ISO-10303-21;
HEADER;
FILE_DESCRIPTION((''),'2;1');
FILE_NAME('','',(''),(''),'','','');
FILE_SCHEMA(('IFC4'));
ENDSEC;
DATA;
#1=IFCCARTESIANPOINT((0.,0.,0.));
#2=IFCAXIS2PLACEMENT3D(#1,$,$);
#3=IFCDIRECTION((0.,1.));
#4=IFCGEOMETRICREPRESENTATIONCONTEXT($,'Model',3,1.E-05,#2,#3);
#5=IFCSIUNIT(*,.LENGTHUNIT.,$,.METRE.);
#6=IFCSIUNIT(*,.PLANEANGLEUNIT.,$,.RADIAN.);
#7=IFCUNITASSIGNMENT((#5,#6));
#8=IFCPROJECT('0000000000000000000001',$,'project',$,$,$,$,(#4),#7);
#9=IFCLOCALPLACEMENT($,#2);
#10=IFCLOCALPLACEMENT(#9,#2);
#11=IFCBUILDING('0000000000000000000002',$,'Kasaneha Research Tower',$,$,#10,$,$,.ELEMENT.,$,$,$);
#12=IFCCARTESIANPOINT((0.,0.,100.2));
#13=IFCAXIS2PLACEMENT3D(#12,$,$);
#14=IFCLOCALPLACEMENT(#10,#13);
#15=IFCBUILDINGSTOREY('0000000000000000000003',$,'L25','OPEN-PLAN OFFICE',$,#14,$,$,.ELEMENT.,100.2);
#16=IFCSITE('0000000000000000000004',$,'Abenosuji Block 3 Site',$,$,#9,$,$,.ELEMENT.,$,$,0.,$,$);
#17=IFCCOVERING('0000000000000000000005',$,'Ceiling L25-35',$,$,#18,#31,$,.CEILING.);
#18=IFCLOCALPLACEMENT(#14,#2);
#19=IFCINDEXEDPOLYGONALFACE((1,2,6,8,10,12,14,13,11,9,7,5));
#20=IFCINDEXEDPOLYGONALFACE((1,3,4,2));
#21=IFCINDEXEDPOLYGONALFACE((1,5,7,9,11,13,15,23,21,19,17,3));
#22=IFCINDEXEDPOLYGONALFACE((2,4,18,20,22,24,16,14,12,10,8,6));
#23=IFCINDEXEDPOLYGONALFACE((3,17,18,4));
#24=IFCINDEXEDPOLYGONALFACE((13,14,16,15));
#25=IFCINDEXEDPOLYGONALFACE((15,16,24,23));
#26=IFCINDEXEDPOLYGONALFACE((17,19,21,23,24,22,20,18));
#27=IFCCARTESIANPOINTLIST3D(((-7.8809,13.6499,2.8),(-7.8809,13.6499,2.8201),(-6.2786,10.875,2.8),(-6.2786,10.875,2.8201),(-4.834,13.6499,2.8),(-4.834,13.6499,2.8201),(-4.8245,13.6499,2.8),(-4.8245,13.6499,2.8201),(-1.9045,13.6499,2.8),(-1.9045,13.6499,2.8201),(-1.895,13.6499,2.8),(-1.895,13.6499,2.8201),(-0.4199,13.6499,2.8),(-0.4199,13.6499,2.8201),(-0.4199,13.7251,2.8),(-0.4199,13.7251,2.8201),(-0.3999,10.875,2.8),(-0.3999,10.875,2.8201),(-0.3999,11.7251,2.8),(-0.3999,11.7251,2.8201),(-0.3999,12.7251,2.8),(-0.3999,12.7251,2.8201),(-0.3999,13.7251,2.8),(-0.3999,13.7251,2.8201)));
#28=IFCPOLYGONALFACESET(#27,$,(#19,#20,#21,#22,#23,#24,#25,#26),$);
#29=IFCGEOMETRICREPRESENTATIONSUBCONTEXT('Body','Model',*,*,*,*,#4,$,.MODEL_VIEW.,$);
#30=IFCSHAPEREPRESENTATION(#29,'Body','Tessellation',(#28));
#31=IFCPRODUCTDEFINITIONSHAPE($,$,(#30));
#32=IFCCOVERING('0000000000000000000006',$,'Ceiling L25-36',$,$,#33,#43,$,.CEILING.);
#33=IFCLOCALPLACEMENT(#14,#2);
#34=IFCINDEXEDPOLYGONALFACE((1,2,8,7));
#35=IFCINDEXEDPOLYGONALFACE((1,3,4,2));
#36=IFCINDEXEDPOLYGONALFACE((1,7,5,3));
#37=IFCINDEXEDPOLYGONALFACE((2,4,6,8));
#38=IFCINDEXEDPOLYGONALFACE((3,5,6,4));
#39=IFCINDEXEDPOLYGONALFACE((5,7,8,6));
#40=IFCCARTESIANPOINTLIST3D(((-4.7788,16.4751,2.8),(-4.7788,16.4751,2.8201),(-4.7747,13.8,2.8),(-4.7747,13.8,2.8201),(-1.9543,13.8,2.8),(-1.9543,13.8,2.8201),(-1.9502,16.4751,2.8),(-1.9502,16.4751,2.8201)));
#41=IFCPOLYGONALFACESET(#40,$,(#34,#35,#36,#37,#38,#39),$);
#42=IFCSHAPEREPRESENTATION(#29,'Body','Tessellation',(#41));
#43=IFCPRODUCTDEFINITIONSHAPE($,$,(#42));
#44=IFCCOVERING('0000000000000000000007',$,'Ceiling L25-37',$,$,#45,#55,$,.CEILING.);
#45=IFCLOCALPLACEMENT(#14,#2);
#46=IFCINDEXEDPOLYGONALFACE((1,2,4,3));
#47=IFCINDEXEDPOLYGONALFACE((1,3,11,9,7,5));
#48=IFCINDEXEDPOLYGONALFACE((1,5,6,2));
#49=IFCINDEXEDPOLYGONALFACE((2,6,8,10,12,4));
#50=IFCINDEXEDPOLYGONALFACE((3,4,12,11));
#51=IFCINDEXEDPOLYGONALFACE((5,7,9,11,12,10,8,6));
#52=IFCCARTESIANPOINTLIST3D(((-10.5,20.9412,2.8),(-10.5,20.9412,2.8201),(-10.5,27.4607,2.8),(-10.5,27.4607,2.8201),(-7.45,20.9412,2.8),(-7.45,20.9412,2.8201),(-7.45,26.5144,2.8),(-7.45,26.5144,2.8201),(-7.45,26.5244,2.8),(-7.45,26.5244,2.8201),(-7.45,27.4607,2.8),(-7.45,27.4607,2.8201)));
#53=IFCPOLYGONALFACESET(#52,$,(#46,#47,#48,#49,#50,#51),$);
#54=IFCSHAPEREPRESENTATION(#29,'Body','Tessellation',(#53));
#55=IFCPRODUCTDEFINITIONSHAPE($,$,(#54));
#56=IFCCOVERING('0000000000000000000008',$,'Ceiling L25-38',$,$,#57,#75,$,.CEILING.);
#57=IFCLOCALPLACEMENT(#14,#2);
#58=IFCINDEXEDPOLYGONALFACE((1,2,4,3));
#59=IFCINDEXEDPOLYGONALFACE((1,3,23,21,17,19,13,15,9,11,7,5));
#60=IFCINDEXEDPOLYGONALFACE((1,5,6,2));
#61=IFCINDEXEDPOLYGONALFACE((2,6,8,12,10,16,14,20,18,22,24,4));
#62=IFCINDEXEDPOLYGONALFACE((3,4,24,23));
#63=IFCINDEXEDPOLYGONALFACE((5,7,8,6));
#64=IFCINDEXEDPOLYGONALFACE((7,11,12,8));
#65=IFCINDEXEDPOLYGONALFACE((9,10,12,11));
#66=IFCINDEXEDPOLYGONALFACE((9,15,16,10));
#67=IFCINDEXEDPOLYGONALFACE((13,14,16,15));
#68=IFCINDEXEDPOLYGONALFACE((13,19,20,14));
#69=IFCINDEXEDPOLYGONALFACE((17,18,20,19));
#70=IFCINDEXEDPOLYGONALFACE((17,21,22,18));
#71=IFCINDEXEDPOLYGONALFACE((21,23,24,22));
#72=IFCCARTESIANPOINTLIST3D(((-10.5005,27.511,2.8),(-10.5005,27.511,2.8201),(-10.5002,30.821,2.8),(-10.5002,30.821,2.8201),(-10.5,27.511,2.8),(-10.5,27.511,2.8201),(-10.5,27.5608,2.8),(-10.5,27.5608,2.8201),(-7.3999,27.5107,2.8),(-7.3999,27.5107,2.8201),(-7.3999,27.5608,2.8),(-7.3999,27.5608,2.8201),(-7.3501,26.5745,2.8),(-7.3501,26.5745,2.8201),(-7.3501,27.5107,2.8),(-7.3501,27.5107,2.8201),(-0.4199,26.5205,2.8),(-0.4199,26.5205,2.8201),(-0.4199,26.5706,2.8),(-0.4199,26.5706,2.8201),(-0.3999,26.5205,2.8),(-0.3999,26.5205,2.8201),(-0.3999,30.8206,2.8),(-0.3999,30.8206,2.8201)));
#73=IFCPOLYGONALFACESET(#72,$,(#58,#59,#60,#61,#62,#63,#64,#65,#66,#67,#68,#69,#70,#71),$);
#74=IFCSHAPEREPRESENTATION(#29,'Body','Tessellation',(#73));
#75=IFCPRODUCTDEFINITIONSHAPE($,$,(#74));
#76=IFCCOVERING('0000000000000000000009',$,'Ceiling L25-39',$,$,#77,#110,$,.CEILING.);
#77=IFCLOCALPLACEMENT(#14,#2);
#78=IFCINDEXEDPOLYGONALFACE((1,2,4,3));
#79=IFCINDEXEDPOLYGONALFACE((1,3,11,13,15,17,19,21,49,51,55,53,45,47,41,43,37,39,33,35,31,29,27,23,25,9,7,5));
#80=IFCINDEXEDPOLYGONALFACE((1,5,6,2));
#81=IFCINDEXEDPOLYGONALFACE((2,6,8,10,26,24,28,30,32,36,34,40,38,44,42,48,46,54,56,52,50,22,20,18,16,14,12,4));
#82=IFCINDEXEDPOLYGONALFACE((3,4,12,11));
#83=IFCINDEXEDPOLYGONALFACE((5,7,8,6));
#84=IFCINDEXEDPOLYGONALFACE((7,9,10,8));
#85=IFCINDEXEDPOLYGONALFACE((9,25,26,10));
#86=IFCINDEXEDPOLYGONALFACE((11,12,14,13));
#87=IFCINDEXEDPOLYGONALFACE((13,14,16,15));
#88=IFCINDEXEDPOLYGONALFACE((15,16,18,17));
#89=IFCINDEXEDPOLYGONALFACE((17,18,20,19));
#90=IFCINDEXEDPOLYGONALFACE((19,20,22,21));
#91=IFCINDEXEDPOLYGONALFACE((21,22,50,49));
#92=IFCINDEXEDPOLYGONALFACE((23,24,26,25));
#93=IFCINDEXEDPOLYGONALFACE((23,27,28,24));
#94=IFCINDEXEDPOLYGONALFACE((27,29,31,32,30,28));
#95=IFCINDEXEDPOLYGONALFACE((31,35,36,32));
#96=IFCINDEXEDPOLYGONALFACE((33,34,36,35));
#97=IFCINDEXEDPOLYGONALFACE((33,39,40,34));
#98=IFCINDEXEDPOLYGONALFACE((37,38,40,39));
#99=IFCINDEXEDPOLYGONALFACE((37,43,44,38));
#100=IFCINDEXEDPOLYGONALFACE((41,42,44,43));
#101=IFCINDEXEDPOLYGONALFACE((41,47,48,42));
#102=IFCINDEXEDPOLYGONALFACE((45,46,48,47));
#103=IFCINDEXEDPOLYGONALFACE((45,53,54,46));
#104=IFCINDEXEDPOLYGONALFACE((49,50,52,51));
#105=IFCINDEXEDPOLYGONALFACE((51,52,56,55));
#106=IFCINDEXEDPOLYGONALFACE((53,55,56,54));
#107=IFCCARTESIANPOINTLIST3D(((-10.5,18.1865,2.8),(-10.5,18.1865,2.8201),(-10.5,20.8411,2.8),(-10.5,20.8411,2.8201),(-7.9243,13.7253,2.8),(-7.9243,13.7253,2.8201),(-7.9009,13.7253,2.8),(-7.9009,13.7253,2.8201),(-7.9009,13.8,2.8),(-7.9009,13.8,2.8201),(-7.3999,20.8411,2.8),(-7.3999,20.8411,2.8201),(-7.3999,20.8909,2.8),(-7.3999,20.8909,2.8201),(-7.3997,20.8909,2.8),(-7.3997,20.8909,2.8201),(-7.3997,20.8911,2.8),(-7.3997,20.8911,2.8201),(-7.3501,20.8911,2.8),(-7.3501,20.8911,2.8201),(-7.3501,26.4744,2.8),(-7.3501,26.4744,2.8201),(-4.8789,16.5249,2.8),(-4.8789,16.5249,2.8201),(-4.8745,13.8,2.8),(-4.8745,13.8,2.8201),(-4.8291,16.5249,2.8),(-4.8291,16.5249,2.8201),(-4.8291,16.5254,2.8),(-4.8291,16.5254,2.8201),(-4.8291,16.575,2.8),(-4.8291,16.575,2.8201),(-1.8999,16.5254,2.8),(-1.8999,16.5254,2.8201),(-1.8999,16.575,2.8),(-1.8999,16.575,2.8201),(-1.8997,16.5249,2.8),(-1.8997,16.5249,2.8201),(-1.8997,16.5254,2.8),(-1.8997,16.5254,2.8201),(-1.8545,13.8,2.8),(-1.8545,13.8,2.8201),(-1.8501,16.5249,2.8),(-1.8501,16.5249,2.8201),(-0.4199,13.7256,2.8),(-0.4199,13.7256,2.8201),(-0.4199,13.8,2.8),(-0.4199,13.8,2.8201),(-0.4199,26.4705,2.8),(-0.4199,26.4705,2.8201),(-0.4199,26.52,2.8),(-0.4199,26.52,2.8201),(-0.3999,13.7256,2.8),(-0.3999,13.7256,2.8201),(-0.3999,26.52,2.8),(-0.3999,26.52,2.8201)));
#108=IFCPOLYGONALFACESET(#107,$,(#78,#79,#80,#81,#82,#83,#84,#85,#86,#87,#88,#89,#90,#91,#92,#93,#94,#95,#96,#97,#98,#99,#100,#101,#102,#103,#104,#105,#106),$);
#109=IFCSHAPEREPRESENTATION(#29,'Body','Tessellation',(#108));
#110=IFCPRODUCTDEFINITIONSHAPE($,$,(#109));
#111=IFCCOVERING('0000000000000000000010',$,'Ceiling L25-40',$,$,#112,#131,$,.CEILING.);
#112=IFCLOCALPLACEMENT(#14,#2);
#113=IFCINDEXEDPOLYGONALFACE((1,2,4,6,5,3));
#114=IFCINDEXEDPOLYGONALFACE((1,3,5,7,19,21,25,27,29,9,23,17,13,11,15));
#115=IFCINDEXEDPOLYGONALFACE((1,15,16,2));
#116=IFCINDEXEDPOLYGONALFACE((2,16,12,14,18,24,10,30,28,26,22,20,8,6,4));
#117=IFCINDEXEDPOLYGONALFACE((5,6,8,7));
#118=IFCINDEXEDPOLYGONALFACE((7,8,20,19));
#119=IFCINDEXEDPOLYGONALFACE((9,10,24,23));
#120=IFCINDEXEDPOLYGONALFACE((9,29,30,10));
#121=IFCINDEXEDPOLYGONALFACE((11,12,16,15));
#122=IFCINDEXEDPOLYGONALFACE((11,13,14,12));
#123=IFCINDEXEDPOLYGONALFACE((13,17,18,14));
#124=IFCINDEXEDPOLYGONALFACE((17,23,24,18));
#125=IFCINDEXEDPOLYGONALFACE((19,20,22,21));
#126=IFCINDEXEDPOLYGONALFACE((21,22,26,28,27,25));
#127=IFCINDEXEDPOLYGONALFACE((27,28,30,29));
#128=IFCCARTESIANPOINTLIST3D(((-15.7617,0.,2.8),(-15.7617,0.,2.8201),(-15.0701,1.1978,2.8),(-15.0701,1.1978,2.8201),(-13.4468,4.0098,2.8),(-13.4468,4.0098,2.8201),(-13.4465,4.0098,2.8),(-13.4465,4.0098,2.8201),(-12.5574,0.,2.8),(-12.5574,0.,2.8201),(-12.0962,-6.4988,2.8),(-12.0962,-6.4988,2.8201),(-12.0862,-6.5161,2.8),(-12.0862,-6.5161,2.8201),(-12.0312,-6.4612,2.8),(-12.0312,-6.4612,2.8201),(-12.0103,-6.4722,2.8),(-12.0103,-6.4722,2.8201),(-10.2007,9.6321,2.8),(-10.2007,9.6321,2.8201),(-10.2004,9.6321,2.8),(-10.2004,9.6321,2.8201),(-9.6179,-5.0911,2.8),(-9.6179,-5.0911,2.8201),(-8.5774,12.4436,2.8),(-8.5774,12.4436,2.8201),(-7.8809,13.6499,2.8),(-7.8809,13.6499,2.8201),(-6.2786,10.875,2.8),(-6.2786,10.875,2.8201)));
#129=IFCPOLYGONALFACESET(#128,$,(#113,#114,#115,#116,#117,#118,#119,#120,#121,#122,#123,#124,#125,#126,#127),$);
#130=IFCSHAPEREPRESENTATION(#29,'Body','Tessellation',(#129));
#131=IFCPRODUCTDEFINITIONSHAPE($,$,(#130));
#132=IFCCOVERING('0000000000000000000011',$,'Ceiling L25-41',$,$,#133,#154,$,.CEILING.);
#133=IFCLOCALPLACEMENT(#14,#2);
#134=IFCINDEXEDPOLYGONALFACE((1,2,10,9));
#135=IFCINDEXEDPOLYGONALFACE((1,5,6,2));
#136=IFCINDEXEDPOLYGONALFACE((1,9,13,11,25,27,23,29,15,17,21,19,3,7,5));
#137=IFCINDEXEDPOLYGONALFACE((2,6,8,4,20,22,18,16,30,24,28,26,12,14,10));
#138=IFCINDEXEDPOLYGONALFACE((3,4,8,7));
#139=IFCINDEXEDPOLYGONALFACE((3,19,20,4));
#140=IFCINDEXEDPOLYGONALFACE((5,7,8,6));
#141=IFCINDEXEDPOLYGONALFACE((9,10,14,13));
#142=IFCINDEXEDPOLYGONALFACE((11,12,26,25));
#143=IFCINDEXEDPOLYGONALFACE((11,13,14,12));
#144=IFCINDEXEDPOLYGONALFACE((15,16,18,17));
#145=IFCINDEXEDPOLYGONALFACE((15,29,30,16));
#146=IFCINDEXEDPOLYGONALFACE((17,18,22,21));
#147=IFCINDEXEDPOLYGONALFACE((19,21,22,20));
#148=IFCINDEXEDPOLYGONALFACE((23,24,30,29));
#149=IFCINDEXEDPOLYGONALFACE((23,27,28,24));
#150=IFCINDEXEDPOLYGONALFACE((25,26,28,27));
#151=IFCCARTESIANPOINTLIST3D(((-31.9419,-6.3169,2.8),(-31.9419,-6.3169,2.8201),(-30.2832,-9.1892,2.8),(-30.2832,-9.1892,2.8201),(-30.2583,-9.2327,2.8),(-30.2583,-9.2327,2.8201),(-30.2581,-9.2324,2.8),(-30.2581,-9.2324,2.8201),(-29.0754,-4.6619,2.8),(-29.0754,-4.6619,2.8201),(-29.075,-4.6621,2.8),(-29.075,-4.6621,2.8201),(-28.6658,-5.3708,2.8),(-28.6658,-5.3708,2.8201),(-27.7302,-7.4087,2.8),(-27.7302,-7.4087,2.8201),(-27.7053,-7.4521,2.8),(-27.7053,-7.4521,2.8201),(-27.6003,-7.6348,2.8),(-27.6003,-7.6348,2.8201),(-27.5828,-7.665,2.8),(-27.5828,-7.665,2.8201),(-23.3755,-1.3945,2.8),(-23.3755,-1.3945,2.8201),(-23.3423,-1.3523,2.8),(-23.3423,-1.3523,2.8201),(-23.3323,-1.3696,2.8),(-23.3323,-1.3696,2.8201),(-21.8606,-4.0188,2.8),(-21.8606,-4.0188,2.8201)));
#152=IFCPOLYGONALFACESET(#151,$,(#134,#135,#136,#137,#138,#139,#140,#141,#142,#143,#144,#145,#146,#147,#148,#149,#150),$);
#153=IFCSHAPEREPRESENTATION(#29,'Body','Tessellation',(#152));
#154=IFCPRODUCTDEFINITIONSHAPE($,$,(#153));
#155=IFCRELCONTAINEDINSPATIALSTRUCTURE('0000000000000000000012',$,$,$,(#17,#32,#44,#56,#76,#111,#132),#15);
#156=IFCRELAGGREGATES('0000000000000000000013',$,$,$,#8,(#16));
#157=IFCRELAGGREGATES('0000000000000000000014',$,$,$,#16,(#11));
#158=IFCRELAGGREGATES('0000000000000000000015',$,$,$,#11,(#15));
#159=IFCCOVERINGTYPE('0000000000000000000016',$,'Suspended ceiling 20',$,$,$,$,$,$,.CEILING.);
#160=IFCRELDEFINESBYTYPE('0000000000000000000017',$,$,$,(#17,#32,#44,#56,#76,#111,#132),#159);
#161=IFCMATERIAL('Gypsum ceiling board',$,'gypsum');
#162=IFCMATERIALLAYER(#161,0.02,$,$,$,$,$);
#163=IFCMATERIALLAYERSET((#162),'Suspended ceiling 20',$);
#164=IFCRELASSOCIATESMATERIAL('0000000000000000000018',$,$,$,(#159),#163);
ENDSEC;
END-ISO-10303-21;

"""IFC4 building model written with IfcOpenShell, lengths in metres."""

from ifc_helpers import new_model, si_unit, direction, frame, origin, place, context, subcontext, project, spatial, polyline, outline, extrude, material, layer, layer_set, type_object, element, save


model = new_model("IFC4")

# Units and contexts
model_context = context("Model", 3, precision=1e-05, world=origin(), true_north=direction((0.0, 1.0)))
body_context = subcontext(model_context, "Body", "Model", "MODEL_VIEW")
ifc_project = project(units=[si_unit("LENGTHUNIT", "METRE"), si_unit("PLANEANGLEUNIT", "RADIAN")], contexts=[model_context])

# Site, building, storey
site_placement = place(None, origin())
site = spatial("IfcSite", under=ifc_project, at=site_placement, Name="Abenosuji Block 3 Site", CompositionType="ELEMENT", RefElevation=0.0)
building_placement = place(site_placement, origin())
building = spatial("IfcBuilding", under=site, at=building_placement, Name="Kasaneha Research Tower", CompositionType="ELEMENT")
storey_placement = place(building_placement, frame((0.0, 0.0, 100.2)))
storey = spatial("IfcBuildingStorey", under=building, at=storey_placement, Name="L25", Description="OPEN-PLAN OFFICE", CompositionType="ELEMENT", Elevation=100.2)

# Coverings
ifc_material_1 = material(Name="Gypsum ceiling board", Category="gypsum")
ifc_layer_1 = layer(ifc_material_1, 0.02)
ifc_layer_set_1 = layer_set([ifc_layer_1], Name="Suspended ceiling 20")
covering_type = type_object("IfcCoveringType", Name="Suspended ceiling 20", PredefinedType="CEILING", material=ifc_layer_set_1)
covering_1_placement = place(storey_placement, frame((0.0, 0.0, 2.8)))
element("IfcCovering", 1, at=covering_1_placement, inside=storey, type_object=covering_type, Name="Ceiling L25-35", PredefinedType="CEILING", context=body_context, shape_type="SweptSolid", body=[
    extrude(outline(polyline([(-0.3999, 11.7251), (-0.3999, 10.875), (-6.2786, 10.875), (-7.8809, 13.6499), (-4.834, 13.6499), (-4.8245, 13.6499), (-1.9045, 13.6499), (-1.895, 13.6499), (-0.4199, 13.6499), (-0.4199, 13.7251), (-0.3999, 13.7251), (-0.3999, 12.7251), (-0.3999, 11.7251)])), origin(), (0.0, 0.0, 1.0), 0.02),
])
covering_2_placement = place(storey_placement, frame((0.0, 0.0, 2.8)))
element("IfcCovering", 2, at=covering_2_placement, inside=storey, type_object=covering_type, Name="Ceiling L25-36", PredefinedType="CEILING", context=body_context, shape_type="SweptSolid", body=[
    extrude(outline(polyline([(-4.7747, 13.8), (-4.7788, 16.4751), (-1.9502, 16.4751), (-1.9543, 13.8), (-4.7747, 13.8)])), origin(), (0.0, 0.0, 1.0), 0.02),
])
covering_3_placement = place(storey_placement, frame((0.0, 0.0, 2.8)))
element("IfcCovering", 3, at=covering_3_placement, inside=storey, type_object=covering_type, Name="Ceiling L25-37", PredefinedType="CEILING", context=body_context, shape_type="SweptSolid", body=[
    extrude(outline(polyline([(-10.5, 27.4607), (-7.45, 27.4607), (-7.45, 26.5244), (-7.45, 26.5144), (-7.45, 20.9412), (-10.5, 20.9412), (-10.5, 27.4607)])), origin(), (0.0, 0.0, 1.0), 0.02),
])
covering_4_placement = place(storey_placement, frame((0.0, 0.0, 2.8)))
element("IfcCovering", 4, at=covering_4_placement, inside=storey, type_object=covering_type, Name="Ceiling L25-38", PredefinedType="CEILING", context=body_context, shape_type="SweptSolid", body=[
    extrude(outline(polyline([(-0.4199, 26.5205), (-0.4199, 26.5706), (-7.3501, 26.5745), (-7.3501, 27.5107), (-7.3999, 27.5107), (-7.3999, 27.5608), (-10.5, 27.5608), (-10.5, 27.511), (-10.5005, 27.511), (-10.5002, 30.821), (-0.3999, 30.8206), (-0.3999, 26.5205), (-0.4199, 26.5205)])), origin(), (0.0, 0.0, 1.0), 0.02),
])
covering_5_placement = place(storey_placement, frame((0.0, 0.0, 2.8)))
element("IfcCovering", 5, at=covering_5_placement, inside=storey, type_object=covering_type, Name="Ceiling L25-39", PredefinedType="CEILING", context=body_context, shape_type="SweptSolid", body=[
    extrude(outline(polyline([(-1.8999, 16.5254), (-1.8999, 16.575), (-4.8291, 16.575), (-4.8291, 16.5254), (-4.8291, 16.5249), (-4.8789, 16.5249), (-4.8745, 13.8), (-7.9009, 13.8), (-7.9009, 13.7253), (-7.9243, 13.7253), (-10.5, 18.1865), (-10.5, 20.8411), (-7.3999, 20.8411), (-7.3999, 20.8909), (-7.3997, 20.8909), (-7.3997, 20.8911), (-7.3501, 20.8911), (-7.3501, 26.4744), (-0.4199, 26.4705), (-0.4199, 26.52), (-0.3999, 26.52), (-0.3999, 13.7256), (-0.4199, 13.7256), (-0.4199, 13.8), (-1.8545, 13.8), (-1.8501, 16.5249), (-1.8997, 16.5249), (-1.8997, 16.5254), (-1.8999, 16.5254)])), origin(), (0.0, 0.0, 1.0), 0.02),
])
covering_6_placement = place(storey_placement, frame((0.0, 0.0, 2.8)))
element("IfcCovering", 6, at=covering_6_placement, inside=storey, type_object=covering_type, Name="Ceiling L25-40", PredefinedType="CEILING", context=body_context, shape_type="SweptSolid", body=[
    extrude(outline(polyline([(-12.5574, 0.0), (-9.6179, -5.0911), (-12.0103, -6.4722), (-12.0862, -6.5161), (-12.0962, -6.4988), (-12.0312, -6.4612), (-15.7617, 0.0), (-15.0701, 1.1978), (-15.0701, 1.1978), (-13.4468, 4.0098), (-13.4465, 4.0098), (-10.2007, 9.6321), (-10.2004, 9.6321), (-8.5774, 12.4436), (-8.5774, 12.4436), (-7.8809, 13.6499), (-7.8809, 13.6499), (-6.2786, 10.875), (-12.5574, 0.0)])), origin(), (0.0, 0.0, 1.0), 0.02),
])
covering_7_placement = place(storey_placement, frame((0.0, 0.0, 2.8)))
element("IfcCovering", 7, at=covering_7_placement, inside=storey, type_object=covering_type, Name="Ceiling L25-41", PredefinedType="CEILING", context=body_context, shape_type="SweptSolid", body=[
    extrude(outline(polyline([(-23.3323, -1.3696), (-23.3755, -1.3945), (-21.8606, -4.0188), (-27.7302, -7.4087), (-27.7053, -7.4521), (-27.7053, -7.4521), (-27.5828, -7.665), (-27.6003, -7.6348), (-30.2832, -9.1892), (-30.2581, -9.2324), (-30.2583, -9.2327), (-31.9419, -6.3169), (-29.0754, -4.6619), (-28.6658, -5.3708), (-29.075, -4.6621), (-23.3423, -1.3523), (-23.3323, -1.3696)])), origin(), (0.0, 0.0, 1.0), 0.02),
])

save(model, "model.ifc")
